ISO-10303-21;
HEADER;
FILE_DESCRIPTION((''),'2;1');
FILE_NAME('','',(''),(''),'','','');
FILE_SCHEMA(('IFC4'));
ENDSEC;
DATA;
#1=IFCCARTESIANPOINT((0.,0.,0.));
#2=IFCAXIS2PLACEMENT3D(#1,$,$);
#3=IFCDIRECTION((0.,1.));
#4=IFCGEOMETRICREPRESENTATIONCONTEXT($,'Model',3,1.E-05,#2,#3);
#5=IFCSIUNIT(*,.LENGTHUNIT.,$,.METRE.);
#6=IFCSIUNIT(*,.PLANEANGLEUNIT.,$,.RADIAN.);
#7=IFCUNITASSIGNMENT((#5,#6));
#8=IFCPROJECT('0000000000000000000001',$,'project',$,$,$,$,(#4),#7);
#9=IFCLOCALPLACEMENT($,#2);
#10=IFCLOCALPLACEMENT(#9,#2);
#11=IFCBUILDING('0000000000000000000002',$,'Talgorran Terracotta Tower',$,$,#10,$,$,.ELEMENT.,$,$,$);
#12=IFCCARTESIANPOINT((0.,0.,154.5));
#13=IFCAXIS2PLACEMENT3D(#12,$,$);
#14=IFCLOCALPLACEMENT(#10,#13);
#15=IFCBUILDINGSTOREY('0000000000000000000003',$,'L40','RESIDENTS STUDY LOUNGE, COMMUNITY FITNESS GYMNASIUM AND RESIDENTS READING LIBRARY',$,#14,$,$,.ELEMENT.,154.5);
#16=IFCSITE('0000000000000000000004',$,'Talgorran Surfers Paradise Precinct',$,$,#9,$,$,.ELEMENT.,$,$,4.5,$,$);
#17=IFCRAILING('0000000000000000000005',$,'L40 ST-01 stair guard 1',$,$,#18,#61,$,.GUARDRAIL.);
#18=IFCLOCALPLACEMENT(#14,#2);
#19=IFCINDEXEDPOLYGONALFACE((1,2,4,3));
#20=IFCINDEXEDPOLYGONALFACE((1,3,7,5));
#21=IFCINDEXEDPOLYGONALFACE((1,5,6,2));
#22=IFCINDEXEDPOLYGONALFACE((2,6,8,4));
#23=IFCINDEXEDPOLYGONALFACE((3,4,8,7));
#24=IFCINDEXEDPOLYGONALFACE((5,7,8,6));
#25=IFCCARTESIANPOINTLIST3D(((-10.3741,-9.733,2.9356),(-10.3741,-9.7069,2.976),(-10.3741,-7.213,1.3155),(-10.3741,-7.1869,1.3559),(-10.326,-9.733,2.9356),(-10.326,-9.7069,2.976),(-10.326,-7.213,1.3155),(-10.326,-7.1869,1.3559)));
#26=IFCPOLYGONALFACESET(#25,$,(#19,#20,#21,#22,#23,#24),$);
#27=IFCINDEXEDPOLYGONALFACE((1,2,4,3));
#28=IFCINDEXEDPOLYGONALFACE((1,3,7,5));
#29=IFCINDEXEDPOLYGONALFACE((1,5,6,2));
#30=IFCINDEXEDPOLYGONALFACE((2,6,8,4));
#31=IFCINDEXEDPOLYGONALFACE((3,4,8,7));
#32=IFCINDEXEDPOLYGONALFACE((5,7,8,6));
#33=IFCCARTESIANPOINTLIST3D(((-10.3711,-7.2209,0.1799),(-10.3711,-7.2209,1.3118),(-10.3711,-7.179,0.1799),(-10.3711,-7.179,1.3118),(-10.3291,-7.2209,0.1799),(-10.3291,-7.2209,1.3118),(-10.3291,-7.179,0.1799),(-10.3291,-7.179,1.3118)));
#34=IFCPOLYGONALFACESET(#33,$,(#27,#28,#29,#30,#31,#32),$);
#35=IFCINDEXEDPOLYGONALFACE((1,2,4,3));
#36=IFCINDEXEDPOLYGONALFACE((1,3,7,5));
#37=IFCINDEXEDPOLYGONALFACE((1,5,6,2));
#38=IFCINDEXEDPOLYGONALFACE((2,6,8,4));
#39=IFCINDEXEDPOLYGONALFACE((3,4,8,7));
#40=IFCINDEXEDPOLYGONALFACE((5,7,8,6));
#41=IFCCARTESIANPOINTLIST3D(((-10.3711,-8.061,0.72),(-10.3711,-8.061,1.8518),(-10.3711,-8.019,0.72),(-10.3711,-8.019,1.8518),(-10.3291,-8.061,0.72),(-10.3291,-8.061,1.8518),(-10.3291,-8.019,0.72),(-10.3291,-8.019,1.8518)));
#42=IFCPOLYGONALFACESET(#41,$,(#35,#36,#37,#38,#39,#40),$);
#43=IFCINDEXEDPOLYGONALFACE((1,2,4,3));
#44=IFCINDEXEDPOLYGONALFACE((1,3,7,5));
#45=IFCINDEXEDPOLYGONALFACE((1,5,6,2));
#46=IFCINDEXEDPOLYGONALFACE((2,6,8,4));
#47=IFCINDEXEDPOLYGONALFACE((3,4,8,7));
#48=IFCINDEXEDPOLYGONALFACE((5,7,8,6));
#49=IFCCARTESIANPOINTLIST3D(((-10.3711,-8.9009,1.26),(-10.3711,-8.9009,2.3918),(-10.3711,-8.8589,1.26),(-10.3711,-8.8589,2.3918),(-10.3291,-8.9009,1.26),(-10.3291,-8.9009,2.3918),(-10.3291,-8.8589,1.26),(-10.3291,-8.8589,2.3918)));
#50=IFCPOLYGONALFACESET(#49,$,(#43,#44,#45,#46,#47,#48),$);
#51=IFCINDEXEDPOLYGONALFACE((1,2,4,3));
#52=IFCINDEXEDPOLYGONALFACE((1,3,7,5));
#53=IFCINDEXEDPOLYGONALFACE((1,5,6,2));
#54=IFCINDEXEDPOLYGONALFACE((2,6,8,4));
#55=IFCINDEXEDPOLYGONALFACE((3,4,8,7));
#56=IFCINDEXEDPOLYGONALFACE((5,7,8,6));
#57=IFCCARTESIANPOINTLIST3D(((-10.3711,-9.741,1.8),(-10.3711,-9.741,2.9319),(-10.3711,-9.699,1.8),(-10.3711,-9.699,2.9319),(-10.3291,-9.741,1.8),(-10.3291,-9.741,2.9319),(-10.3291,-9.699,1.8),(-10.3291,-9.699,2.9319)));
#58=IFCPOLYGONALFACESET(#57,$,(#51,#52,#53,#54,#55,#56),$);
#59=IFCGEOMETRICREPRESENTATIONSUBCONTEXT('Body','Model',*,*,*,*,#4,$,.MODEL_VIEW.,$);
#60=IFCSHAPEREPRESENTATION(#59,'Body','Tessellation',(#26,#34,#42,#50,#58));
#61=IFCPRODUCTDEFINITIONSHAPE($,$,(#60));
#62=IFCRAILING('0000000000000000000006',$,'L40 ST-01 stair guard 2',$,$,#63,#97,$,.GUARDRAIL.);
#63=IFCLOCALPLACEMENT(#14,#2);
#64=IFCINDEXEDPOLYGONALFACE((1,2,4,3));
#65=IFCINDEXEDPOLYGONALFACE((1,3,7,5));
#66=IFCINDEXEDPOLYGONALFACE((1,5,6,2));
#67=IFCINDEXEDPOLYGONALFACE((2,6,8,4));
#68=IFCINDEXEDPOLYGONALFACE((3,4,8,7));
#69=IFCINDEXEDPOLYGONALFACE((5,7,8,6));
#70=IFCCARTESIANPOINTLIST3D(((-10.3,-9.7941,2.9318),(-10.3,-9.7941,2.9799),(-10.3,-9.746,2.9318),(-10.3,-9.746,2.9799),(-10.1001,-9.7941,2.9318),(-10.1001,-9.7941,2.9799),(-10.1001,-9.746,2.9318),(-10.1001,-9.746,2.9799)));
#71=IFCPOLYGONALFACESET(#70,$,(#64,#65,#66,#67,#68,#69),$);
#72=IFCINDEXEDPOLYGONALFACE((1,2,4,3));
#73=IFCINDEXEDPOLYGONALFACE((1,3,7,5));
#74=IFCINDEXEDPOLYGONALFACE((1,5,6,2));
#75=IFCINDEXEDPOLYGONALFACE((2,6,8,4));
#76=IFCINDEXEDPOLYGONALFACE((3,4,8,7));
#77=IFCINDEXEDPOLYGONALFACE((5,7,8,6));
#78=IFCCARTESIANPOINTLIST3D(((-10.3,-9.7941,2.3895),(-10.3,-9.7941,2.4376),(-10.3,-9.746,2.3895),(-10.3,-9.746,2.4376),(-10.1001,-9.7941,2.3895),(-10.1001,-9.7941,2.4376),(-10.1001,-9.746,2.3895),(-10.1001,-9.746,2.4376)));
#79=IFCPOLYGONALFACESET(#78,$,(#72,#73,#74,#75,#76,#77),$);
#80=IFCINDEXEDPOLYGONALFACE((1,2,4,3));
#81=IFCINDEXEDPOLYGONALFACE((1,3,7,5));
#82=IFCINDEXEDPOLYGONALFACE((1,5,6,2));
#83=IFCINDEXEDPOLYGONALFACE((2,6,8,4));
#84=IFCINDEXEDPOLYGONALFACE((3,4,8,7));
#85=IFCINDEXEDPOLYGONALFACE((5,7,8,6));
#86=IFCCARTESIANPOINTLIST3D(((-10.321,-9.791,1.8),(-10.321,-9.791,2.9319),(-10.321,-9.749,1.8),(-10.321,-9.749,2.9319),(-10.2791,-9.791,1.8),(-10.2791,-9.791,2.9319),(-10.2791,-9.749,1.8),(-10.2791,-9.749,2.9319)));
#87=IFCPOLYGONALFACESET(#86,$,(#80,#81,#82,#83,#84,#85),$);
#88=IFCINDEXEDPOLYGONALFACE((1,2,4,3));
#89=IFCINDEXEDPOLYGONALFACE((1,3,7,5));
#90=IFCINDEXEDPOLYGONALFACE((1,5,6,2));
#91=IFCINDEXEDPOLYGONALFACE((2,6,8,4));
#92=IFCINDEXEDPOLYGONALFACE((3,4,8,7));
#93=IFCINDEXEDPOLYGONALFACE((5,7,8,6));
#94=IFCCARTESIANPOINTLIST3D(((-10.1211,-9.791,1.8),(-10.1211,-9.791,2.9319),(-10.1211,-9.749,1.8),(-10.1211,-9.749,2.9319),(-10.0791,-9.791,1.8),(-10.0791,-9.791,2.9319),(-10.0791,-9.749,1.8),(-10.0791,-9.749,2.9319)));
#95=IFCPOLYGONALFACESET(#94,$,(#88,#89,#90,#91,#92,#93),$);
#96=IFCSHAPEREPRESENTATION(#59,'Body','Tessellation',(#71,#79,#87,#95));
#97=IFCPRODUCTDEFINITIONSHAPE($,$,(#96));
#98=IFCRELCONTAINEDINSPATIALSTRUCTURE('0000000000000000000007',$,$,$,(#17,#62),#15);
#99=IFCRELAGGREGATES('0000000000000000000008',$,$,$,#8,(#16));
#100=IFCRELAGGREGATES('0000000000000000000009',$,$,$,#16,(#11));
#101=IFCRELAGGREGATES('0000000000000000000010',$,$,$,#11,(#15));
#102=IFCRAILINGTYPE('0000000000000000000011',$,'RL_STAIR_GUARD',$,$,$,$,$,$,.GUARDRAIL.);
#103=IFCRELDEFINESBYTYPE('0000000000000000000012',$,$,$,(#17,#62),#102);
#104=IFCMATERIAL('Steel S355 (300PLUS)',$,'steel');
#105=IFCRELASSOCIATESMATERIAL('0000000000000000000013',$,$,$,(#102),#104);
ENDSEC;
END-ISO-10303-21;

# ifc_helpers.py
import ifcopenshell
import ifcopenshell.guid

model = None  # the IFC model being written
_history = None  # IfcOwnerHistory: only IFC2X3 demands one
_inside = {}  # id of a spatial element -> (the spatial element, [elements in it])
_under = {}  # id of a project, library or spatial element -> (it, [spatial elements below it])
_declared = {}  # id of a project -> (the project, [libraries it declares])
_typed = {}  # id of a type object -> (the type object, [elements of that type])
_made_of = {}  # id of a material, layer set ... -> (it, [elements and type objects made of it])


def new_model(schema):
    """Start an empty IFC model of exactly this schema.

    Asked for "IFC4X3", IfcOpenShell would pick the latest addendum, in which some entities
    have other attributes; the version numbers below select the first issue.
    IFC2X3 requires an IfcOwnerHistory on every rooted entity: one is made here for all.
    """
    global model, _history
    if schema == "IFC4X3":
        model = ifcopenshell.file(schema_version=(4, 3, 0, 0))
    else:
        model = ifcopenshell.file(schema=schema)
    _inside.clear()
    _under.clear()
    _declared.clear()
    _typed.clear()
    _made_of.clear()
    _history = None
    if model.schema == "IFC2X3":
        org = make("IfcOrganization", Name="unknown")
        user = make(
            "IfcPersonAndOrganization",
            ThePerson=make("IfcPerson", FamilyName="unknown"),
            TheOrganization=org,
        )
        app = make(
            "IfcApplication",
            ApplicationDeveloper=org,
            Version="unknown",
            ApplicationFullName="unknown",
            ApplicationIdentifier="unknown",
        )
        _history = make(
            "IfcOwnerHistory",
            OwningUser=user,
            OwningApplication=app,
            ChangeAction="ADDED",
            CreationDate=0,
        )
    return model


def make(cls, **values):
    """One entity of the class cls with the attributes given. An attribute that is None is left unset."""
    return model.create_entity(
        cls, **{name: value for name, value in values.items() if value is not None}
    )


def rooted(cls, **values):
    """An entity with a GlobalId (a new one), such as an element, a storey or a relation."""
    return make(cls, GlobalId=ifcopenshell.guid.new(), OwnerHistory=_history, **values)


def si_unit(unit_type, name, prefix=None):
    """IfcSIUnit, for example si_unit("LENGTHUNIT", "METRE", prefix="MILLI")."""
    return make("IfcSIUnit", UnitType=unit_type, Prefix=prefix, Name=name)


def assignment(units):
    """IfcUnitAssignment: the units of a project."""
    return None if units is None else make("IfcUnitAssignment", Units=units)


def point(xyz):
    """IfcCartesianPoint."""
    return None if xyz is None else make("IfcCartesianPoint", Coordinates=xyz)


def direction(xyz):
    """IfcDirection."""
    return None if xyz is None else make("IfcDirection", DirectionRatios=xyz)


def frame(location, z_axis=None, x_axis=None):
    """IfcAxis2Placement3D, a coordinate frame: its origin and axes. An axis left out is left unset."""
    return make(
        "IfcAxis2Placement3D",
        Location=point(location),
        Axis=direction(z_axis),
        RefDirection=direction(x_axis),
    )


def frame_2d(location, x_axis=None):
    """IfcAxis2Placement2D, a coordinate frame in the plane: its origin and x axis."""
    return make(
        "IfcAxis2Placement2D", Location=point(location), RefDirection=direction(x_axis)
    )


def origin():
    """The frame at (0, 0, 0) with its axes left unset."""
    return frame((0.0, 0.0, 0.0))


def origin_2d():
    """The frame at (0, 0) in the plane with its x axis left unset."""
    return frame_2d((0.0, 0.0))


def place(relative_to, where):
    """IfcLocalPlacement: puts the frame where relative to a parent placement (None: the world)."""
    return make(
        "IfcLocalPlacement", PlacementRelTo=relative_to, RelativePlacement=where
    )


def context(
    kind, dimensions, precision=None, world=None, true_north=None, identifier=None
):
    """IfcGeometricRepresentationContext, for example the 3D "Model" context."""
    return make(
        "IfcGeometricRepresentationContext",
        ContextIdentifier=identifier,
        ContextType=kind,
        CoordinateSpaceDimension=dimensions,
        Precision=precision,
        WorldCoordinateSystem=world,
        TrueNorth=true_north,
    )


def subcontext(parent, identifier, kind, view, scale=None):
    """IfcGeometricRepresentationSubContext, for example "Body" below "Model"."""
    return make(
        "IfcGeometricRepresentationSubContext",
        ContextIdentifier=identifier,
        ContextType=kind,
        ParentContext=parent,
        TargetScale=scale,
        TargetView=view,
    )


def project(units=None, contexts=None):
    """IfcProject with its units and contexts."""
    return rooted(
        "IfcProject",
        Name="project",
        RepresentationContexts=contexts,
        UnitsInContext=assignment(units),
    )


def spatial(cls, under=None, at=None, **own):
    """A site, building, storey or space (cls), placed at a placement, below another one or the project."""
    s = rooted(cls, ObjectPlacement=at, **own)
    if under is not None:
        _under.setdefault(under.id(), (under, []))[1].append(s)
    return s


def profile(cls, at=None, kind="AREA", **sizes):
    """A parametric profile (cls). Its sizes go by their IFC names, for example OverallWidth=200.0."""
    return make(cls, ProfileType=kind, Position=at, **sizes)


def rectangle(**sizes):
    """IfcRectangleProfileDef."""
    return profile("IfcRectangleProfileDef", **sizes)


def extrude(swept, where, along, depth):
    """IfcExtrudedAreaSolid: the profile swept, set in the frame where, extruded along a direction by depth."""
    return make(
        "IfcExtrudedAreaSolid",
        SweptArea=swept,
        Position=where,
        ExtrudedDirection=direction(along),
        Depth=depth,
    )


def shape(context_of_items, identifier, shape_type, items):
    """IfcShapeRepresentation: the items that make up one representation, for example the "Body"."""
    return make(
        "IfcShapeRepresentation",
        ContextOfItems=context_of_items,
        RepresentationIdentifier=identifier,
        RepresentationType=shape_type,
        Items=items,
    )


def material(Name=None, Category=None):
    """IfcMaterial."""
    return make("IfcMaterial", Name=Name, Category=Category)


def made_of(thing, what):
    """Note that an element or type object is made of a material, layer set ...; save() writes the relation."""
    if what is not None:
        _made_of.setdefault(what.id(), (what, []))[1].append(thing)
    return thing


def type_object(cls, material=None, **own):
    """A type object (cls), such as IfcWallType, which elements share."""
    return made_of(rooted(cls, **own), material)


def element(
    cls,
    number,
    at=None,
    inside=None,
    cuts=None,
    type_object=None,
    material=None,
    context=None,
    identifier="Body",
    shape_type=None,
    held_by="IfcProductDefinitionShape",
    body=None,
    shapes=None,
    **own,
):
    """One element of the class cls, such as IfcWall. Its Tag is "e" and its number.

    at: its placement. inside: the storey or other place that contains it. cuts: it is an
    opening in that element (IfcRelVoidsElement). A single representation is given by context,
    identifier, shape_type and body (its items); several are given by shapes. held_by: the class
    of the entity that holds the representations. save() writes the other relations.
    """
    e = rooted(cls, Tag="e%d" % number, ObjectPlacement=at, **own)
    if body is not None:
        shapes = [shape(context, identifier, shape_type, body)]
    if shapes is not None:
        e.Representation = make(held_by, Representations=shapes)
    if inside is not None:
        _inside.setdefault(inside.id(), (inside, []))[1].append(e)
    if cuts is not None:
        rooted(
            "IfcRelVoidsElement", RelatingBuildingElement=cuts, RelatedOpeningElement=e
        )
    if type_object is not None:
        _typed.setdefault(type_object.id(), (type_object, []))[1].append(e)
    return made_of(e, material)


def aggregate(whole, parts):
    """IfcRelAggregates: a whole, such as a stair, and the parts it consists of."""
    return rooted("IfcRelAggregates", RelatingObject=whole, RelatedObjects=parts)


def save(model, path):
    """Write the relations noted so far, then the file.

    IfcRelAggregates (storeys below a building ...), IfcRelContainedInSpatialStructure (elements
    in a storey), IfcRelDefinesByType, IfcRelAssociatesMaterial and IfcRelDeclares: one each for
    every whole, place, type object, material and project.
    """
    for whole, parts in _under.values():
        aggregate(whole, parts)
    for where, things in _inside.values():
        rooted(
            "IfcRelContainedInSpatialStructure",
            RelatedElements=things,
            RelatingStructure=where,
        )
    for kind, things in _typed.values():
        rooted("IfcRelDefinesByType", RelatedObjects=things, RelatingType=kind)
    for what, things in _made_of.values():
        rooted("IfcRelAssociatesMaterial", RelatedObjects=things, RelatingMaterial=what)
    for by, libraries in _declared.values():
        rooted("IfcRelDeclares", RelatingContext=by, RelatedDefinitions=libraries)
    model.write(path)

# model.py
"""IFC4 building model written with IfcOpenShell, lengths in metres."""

from ifc_helpers import new_model, si_unit, direction, frame, origin, origin_2d, place, context, subcontext, project, spatial, rectangle, extrude, material, type_object, element, save


model = new_model("IFC4")

# Units and contexts
model_context = context("Model", 3, precision=1e-05, world=origin(), true_north=direction((0.0, 1.0)))
body_context = subcontext(model_context, "Body", "Model", "MODEL_VIEW")
ifc_project = project(units=[si_unit("LENGTHUNIT", "METRE"), si_unit("PLANEANGLEUNIT", "RADIAN")], contexts=[model_context])

# Site, building, storey
site_placement = place(None, origin())
site = spatial("IfcSite", under=ifc_project, at=site_placement, Name="Talgorran Surfers Paradise Precinct", CompositionType="ELEMENT", RefElevation=4.5)
building_placement = place(site_placement, origin())
building = spatial("IfcBuilding", under=site, at=building_placement, Name="Talgorran Terracotta Tower", CompositionType="ELEMENT")
storey_placement = place(building_placement, frame((0.0, 0.0, 154.5)))
storey = spatial("IfcBuildingStorey", under=building, at=storey_placement, Name="L40", Description="RESIDENTS STUDY LOUNGE, COMMUNITY FITNESS GYMNASIUM AND RESIDENTS READING LIBRARY", CompositionType="ELEMENT", Elevation=154.5)

# Shared definitions
ifc_material_1 = material(Name="Steel S355 (300PLUS)", Category="steel")

# Railings
railing_type_1 = type_object("IfcRailingType", Name="RL_STAIR_GUARD", PredefinedType="GUARDRAIL", material=ifc_material_1)
railing_1_placement = place(storey_placement, frame((-10.3501, -7.2, 0.1799)))
element("IfcRailing", 1, at=railing_1_placement, inside=storey, type_object=railing_type_1, Name="L40 ST-01 stair guard 1", PredefinedType="GUARDRAIL", context=body_context, shape_type="SweptSolid", body=[
    extrude(rectangle(XDim=0.0481, YDim=0.0481, at=origin_2d()), frame((0.0, 0.0, 1.1558), z_axis=(0.0, -0.841163, 0.540782), x_axis=(1.0, 0.0, 0.0)), (0.0, 0.0, 1.0), 2.9958),
    extrude(rectangle(XDim=0.042, YDim=0.042, at=origin_2d()), origin(), (0.0, 0.0, 1.0), 1.1318),
    extrude(rectangle(XDim=0.042, YDim=0.042, at=origin_2d()), frame((0.0, -0.8401, 0.54)), (0.0, 0.0, 1.0), 1.1318),
    extrude(rectangle(XDim=0.042, YDim=0.042, at=origin_2d()), frame((0.0, -1.6799, 1.0801)), (0.0, 0.0, 1.0), 1.1318),
    extrude(rectangle(XDim=0.042, YDim=0.042, at=origin_2d()), frame((0.0, -2.52, 1.6201)), (0.0, 0.0, 1.0), 1.1318),
])
railing_2_placement = place(storey_placement, frame((-10.3, -9.77, 1.8)))
element("IfcRailing", 2, at=railing_2_placement, inside=storey, type_object=railing_type_1, Name="L40 ST-01 stair guard 2", PredefinedType="GUARDRAIL", context=body_context, shape_type="SweptSolid", body=[
    extrude(rectangle(XDim=0.0481, YDim=0.0481, at=origin_2d()), frame((0.0, 0.0, 1.1558), z_axis=(1.0, 0.0, 0.0), x_axis=(0.0, 1.0, 0.0)), (0.0, 0.0, 1.0), 0.2),
    extrude(rectangle(XDim=0.0481, YDim=0.0481, at=origin_2d()), frame((0.0, 0.0, 0.6135), z_axis=(1.0, 0.0, 0.0), x_axis=(0.0, 1.0, 0.0)), (0.0, 0.0, 1.0), 0.2),
    extrude(rectangle(XDim=0.042, YDim=0.042, at=origin_2d()), origin(), (0.0, 0.0, 1.0), 1.1318),
    extrude(rectangle(XDim=0.042, YDim=0.042, at=origin_2d()), frame((0.2, 0.0, 0.0)), (0.0, 0.0, 1.0), 1.1318),
])

save(model, "model.ifc")
